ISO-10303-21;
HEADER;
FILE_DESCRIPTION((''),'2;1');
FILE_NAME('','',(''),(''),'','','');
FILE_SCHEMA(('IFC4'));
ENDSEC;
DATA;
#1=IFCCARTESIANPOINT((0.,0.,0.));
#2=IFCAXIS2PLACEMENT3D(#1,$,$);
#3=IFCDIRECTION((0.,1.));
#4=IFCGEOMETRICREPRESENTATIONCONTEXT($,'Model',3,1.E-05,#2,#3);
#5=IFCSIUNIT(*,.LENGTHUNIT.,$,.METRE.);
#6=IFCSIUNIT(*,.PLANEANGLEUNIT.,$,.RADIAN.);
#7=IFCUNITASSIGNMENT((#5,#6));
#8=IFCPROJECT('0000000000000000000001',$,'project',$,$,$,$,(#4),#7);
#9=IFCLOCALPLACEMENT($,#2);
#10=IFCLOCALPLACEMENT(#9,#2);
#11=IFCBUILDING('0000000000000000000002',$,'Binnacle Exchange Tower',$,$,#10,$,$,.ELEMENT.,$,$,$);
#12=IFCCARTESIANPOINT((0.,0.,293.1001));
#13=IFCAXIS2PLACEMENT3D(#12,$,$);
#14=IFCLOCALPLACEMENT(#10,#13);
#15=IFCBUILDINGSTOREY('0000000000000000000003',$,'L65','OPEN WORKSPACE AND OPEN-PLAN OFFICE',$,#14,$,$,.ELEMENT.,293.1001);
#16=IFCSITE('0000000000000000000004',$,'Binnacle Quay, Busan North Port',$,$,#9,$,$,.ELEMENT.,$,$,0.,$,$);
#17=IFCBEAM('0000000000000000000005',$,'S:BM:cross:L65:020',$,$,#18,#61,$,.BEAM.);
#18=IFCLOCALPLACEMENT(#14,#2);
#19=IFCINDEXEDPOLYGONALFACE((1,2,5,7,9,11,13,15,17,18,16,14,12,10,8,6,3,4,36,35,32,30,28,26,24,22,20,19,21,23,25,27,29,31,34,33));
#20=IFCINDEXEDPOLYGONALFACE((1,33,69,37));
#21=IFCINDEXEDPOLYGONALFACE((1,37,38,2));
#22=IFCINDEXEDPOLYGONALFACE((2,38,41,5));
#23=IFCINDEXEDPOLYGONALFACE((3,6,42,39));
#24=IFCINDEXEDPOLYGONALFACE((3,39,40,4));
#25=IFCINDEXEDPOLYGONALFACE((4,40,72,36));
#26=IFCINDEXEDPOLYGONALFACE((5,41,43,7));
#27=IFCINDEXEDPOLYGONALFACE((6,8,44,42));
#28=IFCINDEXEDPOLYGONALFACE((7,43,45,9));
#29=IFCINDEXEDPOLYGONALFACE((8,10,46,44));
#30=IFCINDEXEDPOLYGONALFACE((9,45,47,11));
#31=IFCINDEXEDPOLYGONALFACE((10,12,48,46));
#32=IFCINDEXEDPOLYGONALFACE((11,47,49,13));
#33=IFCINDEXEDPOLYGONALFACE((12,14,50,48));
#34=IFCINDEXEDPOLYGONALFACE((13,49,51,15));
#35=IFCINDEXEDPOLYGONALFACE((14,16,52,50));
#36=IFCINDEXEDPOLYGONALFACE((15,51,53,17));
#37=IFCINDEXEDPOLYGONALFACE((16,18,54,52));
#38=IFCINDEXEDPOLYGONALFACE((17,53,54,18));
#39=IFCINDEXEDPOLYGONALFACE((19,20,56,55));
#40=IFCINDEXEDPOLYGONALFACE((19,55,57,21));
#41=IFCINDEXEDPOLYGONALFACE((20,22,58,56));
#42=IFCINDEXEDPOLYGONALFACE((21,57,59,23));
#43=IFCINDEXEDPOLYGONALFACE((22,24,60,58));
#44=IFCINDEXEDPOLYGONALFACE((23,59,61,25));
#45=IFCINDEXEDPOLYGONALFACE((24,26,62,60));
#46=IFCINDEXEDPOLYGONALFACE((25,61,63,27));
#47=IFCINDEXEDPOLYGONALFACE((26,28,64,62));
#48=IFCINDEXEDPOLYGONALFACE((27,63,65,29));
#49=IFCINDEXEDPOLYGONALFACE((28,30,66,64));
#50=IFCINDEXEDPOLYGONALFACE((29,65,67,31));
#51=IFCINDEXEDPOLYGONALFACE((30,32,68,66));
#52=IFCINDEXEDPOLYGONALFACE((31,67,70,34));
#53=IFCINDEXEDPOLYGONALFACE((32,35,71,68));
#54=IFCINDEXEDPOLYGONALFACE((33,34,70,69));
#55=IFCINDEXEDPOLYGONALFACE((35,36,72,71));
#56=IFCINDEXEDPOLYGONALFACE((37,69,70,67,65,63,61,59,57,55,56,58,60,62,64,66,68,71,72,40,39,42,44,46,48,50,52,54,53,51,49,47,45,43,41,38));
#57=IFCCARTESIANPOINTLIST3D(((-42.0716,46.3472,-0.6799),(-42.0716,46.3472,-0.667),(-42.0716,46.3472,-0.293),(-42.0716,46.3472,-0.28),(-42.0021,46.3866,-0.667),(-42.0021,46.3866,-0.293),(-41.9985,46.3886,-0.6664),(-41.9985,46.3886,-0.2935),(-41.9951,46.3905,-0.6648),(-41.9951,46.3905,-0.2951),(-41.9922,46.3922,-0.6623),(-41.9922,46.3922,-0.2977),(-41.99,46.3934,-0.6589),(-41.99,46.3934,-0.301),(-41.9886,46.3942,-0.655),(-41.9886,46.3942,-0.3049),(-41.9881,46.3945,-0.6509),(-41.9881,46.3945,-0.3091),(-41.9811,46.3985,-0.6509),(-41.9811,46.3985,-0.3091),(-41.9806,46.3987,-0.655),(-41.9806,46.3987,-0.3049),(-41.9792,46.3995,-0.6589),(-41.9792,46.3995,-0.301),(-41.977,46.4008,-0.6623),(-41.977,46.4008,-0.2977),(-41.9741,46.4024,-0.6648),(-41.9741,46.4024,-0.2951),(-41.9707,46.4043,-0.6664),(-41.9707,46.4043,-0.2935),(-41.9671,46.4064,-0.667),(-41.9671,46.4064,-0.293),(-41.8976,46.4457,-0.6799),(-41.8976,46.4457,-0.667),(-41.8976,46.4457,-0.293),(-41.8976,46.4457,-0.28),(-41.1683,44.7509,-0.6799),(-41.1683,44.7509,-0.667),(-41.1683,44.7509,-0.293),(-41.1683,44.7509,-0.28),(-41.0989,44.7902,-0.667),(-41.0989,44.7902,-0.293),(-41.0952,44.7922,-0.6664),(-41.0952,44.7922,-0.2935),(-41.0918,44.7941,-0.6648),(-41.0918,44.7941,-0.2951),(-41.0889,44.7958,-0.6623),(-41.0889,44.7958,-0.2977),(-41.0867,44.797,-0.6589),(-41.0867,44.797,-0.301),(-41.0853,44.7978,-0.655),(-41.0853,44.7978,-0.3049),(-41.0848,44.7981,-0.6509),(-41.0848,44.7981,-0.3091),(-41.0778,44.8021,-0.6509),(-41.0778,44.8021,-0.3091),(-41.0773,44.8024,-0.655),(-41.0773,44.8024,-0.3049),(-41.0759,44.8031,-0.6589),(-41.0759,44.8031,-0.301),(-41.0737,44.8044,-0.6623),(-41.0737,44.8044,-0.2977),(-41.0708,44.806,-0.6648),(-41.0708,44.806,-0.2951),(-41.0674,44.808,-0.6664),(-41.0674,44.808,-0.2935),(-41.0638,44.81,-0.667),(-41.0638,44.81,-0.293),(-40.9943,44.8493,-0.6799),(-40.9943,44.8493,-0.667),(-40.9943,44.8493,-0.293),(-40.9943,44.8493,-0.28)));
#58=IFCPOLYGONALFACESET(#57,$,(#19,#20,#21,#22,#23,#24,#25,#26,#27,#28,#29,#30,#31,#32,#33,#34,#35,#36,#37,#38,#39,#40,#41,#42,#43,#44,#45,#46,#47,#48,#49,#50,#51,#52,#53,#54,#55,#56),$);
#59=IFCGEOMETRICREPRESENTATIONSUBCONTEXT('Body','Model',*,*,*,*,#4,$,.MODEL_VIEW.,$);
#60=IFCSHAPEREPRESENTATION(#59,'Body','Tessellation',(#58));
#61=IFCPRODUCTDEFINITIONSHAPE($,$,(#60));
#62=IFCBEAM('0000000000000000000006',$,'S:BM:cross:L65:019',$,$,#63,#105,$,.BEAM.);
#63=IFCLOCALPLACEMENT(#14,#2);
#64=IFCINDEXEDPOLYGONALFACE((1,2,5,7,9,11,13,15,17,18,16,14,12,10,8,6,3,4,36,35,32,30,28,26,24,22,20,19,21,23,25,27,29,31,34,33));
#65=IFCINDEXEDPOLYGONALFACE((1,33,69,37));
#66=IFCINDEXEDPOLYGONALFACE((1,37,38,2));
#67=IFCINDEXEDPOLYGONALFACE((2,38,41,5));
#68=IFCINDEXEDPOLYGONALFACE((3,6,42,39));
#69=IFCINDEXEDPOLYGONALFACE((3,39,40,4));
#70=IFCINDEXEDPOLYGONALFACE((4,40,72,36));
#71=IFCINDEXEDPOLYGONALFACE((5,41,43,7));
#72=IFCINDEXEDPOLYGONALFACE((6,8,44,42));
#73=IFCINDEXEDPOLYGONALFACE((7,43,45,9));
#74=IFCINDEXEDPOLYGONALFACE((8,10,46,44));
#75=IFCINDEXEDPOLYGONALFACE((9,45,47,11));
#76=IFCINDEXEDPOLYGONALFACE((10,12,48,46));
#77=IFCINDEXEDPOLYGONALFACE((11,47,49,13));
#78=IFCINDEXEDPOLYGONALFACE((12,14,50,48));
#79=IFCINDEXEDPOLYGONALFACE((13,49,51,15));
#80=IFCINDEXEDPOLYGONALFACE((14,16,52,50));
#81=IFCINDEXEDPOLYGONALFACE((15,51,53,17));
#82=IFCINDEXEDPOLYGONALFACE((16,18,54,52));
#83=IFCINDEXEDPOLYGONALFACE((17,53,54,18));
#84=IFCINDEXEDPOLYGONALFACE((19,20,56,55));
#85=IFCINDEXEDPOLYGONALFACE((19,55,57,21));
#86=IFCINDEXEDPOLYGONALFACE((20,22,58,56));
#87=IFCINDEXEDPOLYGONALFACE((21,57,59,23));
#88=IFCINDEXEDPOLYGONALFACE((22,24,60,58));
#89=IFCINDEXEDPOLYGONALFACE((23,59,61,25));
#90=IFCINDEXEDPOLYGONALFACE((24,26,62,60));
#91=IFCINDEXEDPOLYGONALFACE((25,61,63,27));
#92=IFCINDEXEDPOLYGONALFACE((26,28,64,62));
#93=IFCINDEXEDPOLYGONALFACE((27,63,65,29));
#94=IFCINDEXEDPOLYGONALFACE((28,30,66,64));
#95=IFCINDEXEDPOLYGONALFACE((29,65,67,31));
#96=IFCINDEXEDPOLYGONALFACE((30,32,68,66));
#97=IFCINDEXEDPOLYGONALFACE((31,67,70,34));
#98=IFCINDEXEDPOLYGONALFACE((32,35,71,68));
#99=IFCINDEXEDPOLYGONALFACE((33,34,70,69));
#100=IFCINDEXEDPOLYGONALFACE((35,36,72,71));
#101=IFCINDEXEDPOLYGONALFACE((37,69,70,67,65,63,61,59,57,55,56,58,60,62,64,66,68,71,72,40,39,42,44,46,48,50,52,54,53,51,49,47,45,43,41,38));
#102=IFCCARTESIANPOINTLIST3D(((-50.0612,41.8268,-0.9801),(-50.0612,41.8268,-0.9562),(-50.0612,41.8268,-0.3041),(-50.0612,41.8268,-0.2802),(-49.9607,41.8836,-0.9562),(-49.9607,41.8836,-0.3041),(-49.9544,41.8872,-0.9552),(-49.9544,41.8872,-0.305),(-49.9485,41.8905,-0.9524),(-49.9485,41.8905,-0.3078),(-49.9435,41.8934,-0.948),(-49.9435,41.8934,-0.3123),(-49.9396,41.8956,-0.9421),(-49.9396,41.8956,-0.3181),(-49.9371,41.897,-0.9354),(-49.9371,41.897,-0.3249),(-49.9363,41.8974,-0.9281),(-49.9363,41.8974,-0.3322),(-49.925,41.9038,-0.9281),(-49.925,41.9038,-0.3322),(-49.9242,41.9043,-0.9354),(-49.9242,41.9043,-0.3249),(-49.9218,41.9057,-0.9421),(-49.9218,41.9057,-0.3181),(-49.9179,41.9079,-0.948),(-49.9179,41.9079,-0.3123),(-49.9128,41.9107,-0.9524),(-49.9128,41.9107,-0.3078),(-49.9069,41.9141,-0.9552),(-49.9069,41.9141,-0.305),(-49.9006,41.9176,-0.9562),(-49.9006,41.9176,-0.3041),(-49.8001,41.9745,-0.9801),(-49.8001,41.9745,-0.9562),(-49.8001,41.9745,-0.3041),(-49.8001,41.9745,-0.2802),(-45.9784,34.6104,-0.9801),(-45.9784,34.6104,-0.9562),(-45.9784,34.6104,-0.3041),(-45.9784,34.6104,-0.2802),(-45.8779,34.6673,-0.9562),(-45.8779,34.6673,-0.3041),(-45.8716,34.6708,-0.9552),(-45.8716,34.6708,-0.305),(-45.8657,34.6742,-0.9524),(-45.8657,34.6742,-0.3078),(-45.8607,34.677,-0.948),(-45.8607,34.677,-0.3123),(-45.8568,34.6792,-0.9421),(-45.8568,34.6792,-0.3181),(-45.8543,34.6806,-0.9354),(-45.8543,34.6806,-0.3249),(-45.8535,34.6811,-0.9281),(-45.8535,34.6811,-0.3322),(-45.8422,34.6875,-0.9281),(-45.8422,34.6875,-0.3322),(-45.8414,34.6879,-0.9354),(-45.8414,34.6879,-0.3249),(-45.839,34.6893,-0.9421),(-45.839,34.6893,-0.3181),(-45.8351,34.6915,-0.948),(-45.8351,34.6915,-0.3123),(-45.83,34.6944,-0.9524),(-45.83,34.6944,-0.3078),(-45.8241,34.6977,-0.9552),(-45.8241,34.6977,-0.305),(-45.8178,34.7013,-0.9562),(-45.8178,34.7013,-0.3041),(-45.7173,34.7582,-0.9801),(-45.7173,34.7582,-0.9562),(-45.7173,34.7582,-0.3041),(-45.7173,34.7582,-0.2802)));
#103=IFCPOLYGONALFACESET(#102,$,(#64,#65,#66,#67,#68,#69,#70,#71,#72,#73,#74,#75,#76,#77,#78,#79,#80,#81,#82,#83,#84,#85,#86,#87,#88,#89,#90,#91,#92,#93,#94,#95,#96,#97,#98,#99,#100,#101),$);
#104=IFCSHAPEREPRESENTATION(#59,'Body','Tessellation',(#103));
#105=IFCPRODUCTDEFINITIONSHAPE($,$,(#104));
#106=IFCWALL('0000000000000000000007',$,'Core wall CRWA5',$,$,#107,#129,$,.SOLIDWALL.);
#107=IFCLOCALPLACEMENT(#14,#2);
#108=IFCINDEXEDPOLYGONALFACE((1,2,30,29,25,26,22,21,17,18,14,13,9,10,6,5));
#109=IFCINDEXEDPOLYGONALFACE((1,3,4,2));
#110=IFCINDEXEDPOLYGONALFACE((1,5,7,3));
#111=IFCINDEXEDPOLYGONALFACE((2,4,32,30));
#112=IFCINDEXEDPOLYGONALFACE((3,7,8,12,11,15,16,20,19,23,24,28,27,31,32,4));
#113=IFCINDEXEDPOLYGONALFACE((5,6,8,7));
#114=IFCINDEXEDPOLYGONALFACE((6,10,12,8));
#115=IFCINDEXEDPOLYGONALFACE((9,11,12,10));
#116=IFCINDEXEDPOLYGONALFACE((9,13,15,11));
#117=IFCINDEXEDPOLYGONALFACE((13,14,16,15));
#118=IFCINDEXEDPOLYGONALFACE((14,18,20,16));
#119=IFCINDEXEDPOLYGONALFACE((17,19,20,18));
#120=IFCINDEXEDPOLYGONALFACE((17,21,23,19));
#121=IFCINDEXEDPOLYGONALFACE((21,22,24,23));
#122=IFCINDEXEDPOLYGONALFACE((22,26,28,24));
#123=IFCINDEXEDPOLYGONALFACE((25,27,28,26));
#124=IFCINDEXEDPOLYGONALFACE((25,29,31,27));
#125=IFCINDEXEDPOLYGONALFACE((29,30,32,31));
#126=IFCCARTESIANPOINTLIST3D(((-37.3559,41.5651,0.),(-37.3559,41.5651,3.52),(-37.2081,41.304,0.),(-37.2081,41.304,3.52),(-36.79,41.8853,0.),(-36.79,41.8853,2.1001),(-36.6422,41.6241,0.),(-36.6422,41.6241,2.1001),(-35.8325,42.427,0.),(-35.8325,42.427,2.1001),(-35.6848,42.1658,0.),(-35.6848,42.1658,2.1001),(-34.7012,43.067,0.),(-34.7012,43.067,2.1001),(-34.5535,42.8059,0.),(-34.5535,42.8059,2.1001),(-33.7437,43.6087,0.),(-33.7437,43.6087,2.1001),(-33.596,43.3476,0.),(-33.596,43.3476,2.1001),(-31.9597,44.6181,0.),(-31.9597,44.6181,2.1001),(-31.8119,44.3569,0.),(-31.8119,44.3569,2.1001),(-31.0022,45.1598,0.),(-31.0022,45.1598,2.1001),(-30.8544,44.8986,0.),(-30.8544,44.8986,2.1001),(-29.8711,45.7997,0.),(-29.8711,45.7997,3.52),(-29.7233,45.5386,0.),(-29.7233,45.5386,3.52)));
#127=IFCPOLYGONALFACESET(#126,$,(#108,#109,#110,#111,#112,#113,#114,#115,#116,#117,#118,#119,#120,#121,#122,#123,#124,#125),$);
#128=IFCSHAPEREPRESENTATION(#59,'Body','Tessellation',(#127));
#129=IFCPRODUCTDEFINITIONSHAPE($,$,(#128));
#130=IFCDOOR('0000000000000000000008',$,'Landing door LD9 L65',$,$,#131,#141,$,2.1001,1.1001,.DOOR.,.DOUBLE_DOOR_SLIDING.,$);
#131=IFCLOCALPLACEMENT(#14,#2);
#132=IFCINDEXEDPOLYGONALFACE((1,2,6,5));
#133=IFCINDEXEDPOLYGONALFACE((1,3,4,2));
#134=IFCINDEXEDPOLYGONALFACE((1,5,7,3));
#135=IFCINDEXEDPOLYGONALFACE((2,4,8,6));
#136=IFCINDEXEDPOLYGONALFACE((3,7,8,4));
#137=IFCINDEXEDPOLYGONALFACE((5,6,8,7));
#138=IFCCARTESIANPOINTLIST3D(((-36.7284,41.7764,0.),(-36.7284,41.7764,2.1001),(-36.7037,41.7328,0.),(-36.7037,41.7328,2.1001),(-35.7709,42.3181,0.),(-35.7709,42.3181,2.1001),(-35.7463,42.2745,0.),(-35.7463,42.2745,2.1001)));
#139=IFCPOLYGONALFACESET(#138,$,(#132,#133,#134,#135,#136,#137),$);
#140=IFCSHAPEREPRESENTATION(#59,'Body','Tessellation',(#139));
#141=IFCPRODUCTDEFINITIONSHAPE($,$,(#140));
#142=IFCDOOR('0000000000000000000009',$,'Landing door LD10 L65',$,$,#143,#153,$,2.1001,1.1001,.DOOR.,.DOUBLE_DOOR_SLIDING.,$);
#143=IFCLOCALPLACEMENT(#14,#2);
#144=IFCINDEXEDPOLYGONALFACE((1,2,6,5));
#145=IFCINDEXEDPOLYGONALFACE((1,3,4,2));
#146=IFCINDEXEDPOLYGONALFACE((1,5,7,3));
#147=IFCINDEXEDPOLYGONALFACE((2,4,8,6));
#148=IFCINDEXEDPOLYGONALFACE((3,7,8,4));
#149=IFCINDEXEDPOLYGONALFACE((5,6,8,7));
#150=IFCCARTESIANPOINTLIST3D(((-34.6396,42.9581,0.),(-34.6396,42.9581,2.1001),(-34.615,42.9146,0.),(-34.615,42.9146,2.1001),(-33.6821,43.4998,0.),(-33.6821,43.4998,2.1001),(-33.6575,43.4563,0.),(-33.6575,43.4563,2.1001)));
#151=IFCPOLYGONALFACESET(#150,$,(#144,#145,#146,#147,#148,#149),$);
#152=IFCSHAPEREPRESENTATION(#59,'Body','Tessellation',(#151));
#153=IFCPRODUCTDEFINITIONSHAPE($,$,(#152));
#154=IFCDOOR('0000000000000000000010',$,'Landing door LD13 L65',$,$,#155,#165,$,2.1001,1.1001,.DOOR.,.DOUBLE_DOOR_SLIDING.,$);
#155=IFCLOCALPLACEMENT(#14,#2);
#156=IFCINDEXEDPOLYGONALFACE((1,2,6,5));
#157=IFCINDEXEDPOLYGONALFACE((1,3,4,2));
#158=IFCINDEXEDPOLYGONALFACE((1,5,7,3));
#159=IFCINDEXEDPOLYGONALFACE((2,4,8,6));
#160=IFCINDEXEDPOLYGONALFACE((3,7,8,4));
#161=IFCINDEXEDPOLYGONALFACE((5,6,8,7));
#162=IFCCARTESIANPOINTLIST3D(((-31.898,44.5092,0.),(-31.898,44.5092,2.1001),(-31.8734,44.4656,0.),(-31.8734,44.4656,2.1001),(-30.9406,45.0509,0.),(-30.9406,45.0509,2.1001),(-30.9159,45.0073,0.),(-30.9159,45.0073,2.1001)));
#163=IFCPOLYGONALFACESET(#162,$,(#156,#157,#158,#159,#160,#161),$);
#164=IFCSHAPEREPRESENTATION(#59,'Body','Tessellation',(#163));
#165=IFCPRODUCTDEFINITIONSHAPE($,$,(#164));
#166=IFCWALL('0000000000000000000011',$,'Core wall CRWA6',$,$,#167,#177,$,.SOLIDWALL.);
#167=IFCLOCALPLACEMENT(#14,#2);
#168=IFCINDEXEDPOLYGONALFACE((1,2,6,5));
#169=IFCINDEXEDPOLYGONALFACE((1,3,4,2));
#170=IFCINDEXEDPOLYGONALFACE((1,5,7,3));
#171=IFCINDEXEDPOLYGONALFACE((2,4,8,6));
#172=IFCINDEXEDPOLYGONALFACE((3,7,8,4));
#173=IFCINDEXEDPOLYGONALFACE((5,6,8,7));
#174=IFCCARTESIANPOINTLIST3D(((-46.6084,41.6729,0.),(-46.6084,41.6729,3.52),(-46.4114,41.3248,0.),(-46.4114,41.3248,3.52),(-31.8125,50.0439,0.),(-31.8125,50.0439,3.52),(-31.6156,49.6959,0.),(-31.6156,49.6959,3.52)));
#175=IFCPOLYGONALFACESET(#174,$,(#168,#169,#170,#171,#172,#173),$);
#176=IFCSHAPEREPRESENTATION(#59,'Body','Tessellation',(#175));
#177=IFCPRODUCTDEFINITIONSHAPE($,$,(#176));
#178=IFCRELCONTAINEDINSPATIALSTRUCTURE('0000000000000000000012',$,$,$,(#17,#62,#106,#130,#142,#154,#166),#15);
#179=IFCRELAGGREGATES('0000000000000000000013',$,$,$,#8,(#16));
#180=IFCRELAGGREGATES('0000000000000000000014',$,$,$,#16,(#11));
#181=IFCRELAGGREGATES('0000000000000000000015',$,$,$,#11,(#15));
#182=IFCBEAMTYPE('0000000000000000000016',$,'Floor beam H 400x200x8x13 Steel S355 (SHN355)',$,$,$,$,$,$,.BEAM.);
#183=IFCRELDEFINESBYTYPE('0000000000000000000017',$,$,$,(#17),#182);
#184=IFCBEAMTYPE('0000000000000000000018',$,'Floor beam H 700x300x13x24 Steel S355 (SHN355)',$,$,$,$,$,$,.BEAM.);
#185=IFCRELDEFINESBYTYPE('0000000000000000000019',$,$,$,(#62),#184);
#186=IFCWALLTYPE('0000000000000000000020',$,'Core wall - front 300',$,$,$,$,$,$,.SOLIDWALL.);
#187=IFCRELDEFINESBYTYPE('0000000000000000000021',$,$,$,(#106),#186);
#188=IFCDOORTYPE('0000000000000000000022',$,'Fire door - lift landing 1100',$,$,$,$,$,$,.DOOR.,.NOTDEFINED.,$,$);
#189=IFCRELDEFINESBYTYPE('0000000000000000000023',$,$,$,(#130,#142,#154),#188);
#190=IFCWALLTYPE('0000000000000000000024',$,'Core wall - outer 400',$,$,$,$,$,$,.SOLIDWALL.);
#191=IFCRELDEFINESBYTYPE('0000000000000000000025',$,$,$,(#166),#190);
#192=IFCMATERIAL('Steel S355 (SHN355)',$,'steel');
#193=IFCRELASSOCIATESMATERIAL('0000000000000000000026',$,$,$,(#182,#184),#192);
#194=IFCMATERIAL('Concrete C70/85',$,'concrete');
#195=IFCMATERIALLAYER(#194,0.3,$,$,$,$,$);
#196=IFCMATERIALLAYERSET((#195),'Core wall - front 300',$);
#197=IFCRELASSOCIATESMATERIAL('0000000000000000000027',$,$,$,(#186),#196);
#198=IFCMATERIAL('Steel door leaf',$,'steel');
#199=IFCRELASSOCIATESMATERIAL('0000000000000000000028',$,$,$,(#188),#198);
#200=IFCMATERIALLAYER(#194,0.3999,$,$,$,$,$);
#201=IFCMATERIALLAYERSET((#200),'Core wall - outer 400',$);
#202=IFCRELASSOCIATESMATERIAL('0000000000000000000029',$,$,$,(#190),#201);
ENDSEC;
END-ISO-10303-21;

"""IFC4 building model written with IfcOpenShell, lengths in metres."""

from ifc_helpers import new_model, si_unit, direction, frame, frame_2d, origin, origin_2d, place, context, subcontext, project, spatial, rectangle, i_section, extrude, material, layer, layer_set, material_profile, profile_set, type_object, element, fill, save


model = new_model("IFC4")

# Units and contexts
model_context = context("Model", 3, precision=1e-05, world=origin(), true_north=direction((0.0, 1.0)))
body_context = subcontext(model_context, "Body", "Model", "MODEL_VIEW")
ifc_project = project(units=[si_unit("LENGTHUNIT", "METRE"), si_unit("PLANEANGLEUNIT", "RADIAN")], contexts=[model_context])

# Site, building, storey
site_placement = place(None, origin())
site = spatial("IfcSite", under=ifc_project, at=site_placement, Name="Binnacle Quay, Busan North Port", CompositionType="ELEMENT", RefElevation=0.0)
building_placement = place(site_placement, origin())
building = spatial("IfcBuilding", under=site, at=building_placement, Name="Binnacle Exchange Tower", CompositionType="ELEMENT")
storey_placement = place(building_placement, frame((0.0, 0.0, 293.1001)))
storey = spatial("IfcBuildingStorey", under=building, at=storey_placement, Name="L65", Description="OPEN WORKSPACE AND OPEN-PLAN OFFICE", CompositionType="ELEMENT", Elevation=293.1001)

# Beams
ifc_material_1 = material(Name="Steel S355 (SHN355)", Category="steel")
ifc_material_profile_1 = material_profile(ifc_material_1, i_section(OverallWidth=0.2, OverallDepth=0.3999, WebThickness=0.0081, FlangeThickness=0.0129, FilletRadius=0.0161, at=origin_2d()), Name="H 400x200x8x13")
ifc_profile_set_1 = profile_set([ifc_material_profile_1], Name="Steel S355 (SHN355)")
beam_type_1 = type_object("IfcBeamType", Name="Floor beam H 400x200x8x13 Steel S355 (SHN355)", PredefinedType="BEAM", material=ifc_profile_set_1)
beam_1_placement = place(storey_placement, frame((-41.9846, 46.3965, -0.48), z_axis=(0.492465, -0.870332, 0.0), x_axis=(0.870332, 0.492465, 0.0)))
element("IfcBeam", 1, at=beam_1_placement, inside=storey, type_object=beam_type_1, Name="S:BM:cross:L65:020", PredefinedType="BEAM", context=body_context, shape_type="SweptSolid", body=[
    extrude(i_section(OverallWidth=0.2, OverallDepth=0.3999, WebThickness=0.0081, FlangeThickness=0.0129, FilletRadius=0.0161, at=origin_2d()), origin(), (0.0, 0.0, 1.0), 1.8342),
])
ifc_material_profile_2 = material_profile(ifc_material_1, i_section(OverallWidth=0.3, OverallDepth=0.7, WebThickness=0.0129, FlangeThickness=0.0239, FilletRadius=0.0281, at=origin_2d()), Name="H 700x300x13x24")
ifc_profile_set_2 = profile_set([ifc_material_profile_2], Name="Steel S355 (SHN355)")
beam_type_2 = type_object("IfcBeamType", Name="Floor beam H 700x300x13x24 Steel S355 (SHN355)", PredefinedType="BEAM", material=ifc_profile_set_2)
beam_2_placement = place(storey_placement, frame((-49.9307, 41.9006, -0.6301), z_axis=(0.492421, -0.870357, 0.0), x_axis=(0.870357, 0.492421, 0.0)))
element("IfcBeam", 2, at=beam_2_placement, inside=storey, type_object=beam_type_2, Name="S:BM:cross:L65:019", PredefinedType="BEAM", context=body_context, shape_type="SweptSolid", body=[
    extrude(i_section(OverallWidth=0.3, OverallDepth=0.7, WebThickness=0.0129, FlangeThickness=0.0239, FilletRadius=0.0281, at=origin_2d()), origin(), (0.0, 0.0, 1.0), 8.2913),
])

# Wall, openings, doors
ifc_material_2 = material(Name="Concrete C70/85", Category="concrete")
ifc_layer_1 = layer(ifc_material_2, 0.3)
ifc_layer_set_1 = layer_set([ifc_layer_1], Name="Core wall - front 300")
wall_type_1 = type_object("IfcWallType", Name="Core wall - front 300", PredefinedType="SOLIDWALL", material=ifc_layer_set_1)
wall_1_placement = place(storey_placement, frame((-37.282, 41.4346, 0.0), z_axis=(0.0, 0.0, 1.0), x_axis=(0.870361, 0.492414, 0.0)))
wall_1 = element("IfcWall", 3, at=wall_1_placement, inside=storey, type_object=wall_type_1, Name="Core wall CRWA5", PredefinedType="SOLIDWALL", context=body_context, shape_type="SweptSolid", body=[
    extrude(rectangle(XDim=8.5996, YDim=0.3, at=frame_2d((4.2998, 0.0))), origin(), (0.0, 0.0, 1.0), 3.52),
])
opening_1_placement = place(wall_1_placement, frame((0.6501, 0.0, 0.0)))
opening_1 = element("IfcOpeningElement", 4, at=opening_1_placement, cuts=wall_1, PredefinedType="OPENING", context=body_context, shape_type="SweptSolid", body=[
    extrude(rectangle(XDim=1.1001, YDim=2.1001, at=frame_2d((0.55, 1.05))), frame((0.0, 0.1599, 0.0), z_axis=(0.0, -1.0, 0.0), x_axis=(1.0, 0.0, 0.0)), (0.0, 0.0, 1.0), 0.3201),
])
opening_2_placement = place(wall_1_placement, frame((3.05, 0.0, 0.0)))
opening_2 = element("IfcOpeningElement", 5, at=opening_2_placement, cuts=wall_1, PredefinedType="OPENING", context=body_context, shape_type="SweptSolid", body=[
    extrude(rectangle(XDim=1.1001, YDim=2.1001, at=frame_2d((0.55, 1.05))), frame((0.0, 0.1599, 0.0), z_axis=(0.0, -1.0, 0.0), x_axis=(1.0, 0.0, 0.0)), (0.0, 0.0, 1.0), 0.3201),
])
opening_3_placement = place(wall_1_placement, frame((6.2, 0.0, 0.0)))
opening_3 = element("IfcOpeningElement", 6, at=opening_3_placement, cuts=wall_1, PredefinedType="OPENING", context=body_context, shape_type="SweptSolid", body=[
    extrude(rectangle(XDim=1.1001, YDim=2.1001, at=frame_2d((0.55, 1.05))), frame((0.0, 0.1599, 0.0), z_axis=(0.0, -1.0, 0.0), x_axis=(1.0, 0.0, 0.0)), (0.0, 0.0, 1.0), 0.3201),
])
ifc_material_3 = material(Name="Steel door leaf", Category="steel")
door_type_1 = type_object("IfcDoorType", Name="Fire door - lift landing 1100", OperationType="NOTDEFINED", PredefinedType="DOOR", material=ifc_material_3)
door_1_placement = place(opening_1_placement, origin())
door_1 = element("IfcDoor", 7, at=door_1_placement, inside=storey, type_object=door_type_1, Name="Landing door LD9 L65", OperationType="DOUBLE_DOOR_SLIDING", OverallHeight=2.1001, OverallWidth=1.1001, PredefinedType="DOOR", context=body_context, shape_type="SweptSolid", body=[
    extrude(rectangle(XDim=1.1001, YDim=2.1001, at=frame_2d((0.55, 1.05))), frame((0.0, 0.0249, 0.0), z_axis=(0.0, -1.0, 0.0), x_axis=(1.0, 0.0, 0.0)), (0.0, 0.0, 1.0), 0.05),
])
fill(opening_1, door_1)
door_2_placement = place(opening_2_placement, origin())
door_2 = element("IfcDoor", 8, at=door_2_placement, inside=storey, type_object=door_type_1, Name="Landing door LD10 L65", OperationType="DOUBLE_DOOR_SLIDING", OverallHeight=2.1001, OverallWidth=1.1001, PredefinedType="DOOR", context=body_context, shape_type="SweptSolid", body=[
    extrude(rectangle(XDim=1.1001, YDim=2.1001, at=frame_2d((0.55, 1.05))), frame((0.0, 0.0249, 0.0), z_axis=(0.0, -1.0, 0.0), x_axis=(1.0, 0.0, 0.0)), (0.0, 0.0, 1.0), 0.05),
])
fill(opening_2, door_2)
door_3_placement = place(opening_3_placement, origin())
door_3 = element("IfcDoor", 9, at=door_3_placement, inside=storey, type_object=door_type_1, Name="Landing door LD13 L65", OperationType="DOUBLE_DOOR_SLIDING", OverallHeight=2.1001, OverallWidth=1.1001, PredefinedType="DOOR", context=body_context, shape_type="SweptSolid", body=[
    extrude(rectangle(XDim=1.1001, YDim=2.1001, at=frame_2d((0.55, 1.05))), frame((0.0, 0.0249, 0.0), z_axis=(0.0, -1.0, 0.0), x_axis=(1.0, 0.0, 0.0)), (0.0, 0.0, 1.0), 0.05),
])
fill(opening_3, door_3)

# Wall
ifc_layer_2 = layer(ifc_material_2, 0.3999)
ifc_layer_set_2 = layer_set([ifc_layer_2], Name="Core wall - outer 400")
wall_type_2 = type_object("IfcWallType", Name="Core wall - outer 400", PredefinedType="SOLIDWALL", material=ifc_layer_set_2)
wall_2_placement = place(storey_placement, frame((-46.51, 41.4988, 0.0), z_axis=(0.0, 0.0, 1.0), x_axis=(0.870356, 0.492423, 0.0)))
element("IfcWall", 10, at=wall_2_placement, inside=storey, type_object=wall_type_2, Name="Core wall CRWA6", PredefinedType="SOLIDWALL", context=body_context, shape_type="SweptSolid", body=[
    extrude(rectangle(XDim=16.9998, YDim=0.3999, at=frame_2d((8.5, 0.0))), origin(), (0.0, 0.0, 1.0), 3.52),
])

save(model, "model.ifc")
